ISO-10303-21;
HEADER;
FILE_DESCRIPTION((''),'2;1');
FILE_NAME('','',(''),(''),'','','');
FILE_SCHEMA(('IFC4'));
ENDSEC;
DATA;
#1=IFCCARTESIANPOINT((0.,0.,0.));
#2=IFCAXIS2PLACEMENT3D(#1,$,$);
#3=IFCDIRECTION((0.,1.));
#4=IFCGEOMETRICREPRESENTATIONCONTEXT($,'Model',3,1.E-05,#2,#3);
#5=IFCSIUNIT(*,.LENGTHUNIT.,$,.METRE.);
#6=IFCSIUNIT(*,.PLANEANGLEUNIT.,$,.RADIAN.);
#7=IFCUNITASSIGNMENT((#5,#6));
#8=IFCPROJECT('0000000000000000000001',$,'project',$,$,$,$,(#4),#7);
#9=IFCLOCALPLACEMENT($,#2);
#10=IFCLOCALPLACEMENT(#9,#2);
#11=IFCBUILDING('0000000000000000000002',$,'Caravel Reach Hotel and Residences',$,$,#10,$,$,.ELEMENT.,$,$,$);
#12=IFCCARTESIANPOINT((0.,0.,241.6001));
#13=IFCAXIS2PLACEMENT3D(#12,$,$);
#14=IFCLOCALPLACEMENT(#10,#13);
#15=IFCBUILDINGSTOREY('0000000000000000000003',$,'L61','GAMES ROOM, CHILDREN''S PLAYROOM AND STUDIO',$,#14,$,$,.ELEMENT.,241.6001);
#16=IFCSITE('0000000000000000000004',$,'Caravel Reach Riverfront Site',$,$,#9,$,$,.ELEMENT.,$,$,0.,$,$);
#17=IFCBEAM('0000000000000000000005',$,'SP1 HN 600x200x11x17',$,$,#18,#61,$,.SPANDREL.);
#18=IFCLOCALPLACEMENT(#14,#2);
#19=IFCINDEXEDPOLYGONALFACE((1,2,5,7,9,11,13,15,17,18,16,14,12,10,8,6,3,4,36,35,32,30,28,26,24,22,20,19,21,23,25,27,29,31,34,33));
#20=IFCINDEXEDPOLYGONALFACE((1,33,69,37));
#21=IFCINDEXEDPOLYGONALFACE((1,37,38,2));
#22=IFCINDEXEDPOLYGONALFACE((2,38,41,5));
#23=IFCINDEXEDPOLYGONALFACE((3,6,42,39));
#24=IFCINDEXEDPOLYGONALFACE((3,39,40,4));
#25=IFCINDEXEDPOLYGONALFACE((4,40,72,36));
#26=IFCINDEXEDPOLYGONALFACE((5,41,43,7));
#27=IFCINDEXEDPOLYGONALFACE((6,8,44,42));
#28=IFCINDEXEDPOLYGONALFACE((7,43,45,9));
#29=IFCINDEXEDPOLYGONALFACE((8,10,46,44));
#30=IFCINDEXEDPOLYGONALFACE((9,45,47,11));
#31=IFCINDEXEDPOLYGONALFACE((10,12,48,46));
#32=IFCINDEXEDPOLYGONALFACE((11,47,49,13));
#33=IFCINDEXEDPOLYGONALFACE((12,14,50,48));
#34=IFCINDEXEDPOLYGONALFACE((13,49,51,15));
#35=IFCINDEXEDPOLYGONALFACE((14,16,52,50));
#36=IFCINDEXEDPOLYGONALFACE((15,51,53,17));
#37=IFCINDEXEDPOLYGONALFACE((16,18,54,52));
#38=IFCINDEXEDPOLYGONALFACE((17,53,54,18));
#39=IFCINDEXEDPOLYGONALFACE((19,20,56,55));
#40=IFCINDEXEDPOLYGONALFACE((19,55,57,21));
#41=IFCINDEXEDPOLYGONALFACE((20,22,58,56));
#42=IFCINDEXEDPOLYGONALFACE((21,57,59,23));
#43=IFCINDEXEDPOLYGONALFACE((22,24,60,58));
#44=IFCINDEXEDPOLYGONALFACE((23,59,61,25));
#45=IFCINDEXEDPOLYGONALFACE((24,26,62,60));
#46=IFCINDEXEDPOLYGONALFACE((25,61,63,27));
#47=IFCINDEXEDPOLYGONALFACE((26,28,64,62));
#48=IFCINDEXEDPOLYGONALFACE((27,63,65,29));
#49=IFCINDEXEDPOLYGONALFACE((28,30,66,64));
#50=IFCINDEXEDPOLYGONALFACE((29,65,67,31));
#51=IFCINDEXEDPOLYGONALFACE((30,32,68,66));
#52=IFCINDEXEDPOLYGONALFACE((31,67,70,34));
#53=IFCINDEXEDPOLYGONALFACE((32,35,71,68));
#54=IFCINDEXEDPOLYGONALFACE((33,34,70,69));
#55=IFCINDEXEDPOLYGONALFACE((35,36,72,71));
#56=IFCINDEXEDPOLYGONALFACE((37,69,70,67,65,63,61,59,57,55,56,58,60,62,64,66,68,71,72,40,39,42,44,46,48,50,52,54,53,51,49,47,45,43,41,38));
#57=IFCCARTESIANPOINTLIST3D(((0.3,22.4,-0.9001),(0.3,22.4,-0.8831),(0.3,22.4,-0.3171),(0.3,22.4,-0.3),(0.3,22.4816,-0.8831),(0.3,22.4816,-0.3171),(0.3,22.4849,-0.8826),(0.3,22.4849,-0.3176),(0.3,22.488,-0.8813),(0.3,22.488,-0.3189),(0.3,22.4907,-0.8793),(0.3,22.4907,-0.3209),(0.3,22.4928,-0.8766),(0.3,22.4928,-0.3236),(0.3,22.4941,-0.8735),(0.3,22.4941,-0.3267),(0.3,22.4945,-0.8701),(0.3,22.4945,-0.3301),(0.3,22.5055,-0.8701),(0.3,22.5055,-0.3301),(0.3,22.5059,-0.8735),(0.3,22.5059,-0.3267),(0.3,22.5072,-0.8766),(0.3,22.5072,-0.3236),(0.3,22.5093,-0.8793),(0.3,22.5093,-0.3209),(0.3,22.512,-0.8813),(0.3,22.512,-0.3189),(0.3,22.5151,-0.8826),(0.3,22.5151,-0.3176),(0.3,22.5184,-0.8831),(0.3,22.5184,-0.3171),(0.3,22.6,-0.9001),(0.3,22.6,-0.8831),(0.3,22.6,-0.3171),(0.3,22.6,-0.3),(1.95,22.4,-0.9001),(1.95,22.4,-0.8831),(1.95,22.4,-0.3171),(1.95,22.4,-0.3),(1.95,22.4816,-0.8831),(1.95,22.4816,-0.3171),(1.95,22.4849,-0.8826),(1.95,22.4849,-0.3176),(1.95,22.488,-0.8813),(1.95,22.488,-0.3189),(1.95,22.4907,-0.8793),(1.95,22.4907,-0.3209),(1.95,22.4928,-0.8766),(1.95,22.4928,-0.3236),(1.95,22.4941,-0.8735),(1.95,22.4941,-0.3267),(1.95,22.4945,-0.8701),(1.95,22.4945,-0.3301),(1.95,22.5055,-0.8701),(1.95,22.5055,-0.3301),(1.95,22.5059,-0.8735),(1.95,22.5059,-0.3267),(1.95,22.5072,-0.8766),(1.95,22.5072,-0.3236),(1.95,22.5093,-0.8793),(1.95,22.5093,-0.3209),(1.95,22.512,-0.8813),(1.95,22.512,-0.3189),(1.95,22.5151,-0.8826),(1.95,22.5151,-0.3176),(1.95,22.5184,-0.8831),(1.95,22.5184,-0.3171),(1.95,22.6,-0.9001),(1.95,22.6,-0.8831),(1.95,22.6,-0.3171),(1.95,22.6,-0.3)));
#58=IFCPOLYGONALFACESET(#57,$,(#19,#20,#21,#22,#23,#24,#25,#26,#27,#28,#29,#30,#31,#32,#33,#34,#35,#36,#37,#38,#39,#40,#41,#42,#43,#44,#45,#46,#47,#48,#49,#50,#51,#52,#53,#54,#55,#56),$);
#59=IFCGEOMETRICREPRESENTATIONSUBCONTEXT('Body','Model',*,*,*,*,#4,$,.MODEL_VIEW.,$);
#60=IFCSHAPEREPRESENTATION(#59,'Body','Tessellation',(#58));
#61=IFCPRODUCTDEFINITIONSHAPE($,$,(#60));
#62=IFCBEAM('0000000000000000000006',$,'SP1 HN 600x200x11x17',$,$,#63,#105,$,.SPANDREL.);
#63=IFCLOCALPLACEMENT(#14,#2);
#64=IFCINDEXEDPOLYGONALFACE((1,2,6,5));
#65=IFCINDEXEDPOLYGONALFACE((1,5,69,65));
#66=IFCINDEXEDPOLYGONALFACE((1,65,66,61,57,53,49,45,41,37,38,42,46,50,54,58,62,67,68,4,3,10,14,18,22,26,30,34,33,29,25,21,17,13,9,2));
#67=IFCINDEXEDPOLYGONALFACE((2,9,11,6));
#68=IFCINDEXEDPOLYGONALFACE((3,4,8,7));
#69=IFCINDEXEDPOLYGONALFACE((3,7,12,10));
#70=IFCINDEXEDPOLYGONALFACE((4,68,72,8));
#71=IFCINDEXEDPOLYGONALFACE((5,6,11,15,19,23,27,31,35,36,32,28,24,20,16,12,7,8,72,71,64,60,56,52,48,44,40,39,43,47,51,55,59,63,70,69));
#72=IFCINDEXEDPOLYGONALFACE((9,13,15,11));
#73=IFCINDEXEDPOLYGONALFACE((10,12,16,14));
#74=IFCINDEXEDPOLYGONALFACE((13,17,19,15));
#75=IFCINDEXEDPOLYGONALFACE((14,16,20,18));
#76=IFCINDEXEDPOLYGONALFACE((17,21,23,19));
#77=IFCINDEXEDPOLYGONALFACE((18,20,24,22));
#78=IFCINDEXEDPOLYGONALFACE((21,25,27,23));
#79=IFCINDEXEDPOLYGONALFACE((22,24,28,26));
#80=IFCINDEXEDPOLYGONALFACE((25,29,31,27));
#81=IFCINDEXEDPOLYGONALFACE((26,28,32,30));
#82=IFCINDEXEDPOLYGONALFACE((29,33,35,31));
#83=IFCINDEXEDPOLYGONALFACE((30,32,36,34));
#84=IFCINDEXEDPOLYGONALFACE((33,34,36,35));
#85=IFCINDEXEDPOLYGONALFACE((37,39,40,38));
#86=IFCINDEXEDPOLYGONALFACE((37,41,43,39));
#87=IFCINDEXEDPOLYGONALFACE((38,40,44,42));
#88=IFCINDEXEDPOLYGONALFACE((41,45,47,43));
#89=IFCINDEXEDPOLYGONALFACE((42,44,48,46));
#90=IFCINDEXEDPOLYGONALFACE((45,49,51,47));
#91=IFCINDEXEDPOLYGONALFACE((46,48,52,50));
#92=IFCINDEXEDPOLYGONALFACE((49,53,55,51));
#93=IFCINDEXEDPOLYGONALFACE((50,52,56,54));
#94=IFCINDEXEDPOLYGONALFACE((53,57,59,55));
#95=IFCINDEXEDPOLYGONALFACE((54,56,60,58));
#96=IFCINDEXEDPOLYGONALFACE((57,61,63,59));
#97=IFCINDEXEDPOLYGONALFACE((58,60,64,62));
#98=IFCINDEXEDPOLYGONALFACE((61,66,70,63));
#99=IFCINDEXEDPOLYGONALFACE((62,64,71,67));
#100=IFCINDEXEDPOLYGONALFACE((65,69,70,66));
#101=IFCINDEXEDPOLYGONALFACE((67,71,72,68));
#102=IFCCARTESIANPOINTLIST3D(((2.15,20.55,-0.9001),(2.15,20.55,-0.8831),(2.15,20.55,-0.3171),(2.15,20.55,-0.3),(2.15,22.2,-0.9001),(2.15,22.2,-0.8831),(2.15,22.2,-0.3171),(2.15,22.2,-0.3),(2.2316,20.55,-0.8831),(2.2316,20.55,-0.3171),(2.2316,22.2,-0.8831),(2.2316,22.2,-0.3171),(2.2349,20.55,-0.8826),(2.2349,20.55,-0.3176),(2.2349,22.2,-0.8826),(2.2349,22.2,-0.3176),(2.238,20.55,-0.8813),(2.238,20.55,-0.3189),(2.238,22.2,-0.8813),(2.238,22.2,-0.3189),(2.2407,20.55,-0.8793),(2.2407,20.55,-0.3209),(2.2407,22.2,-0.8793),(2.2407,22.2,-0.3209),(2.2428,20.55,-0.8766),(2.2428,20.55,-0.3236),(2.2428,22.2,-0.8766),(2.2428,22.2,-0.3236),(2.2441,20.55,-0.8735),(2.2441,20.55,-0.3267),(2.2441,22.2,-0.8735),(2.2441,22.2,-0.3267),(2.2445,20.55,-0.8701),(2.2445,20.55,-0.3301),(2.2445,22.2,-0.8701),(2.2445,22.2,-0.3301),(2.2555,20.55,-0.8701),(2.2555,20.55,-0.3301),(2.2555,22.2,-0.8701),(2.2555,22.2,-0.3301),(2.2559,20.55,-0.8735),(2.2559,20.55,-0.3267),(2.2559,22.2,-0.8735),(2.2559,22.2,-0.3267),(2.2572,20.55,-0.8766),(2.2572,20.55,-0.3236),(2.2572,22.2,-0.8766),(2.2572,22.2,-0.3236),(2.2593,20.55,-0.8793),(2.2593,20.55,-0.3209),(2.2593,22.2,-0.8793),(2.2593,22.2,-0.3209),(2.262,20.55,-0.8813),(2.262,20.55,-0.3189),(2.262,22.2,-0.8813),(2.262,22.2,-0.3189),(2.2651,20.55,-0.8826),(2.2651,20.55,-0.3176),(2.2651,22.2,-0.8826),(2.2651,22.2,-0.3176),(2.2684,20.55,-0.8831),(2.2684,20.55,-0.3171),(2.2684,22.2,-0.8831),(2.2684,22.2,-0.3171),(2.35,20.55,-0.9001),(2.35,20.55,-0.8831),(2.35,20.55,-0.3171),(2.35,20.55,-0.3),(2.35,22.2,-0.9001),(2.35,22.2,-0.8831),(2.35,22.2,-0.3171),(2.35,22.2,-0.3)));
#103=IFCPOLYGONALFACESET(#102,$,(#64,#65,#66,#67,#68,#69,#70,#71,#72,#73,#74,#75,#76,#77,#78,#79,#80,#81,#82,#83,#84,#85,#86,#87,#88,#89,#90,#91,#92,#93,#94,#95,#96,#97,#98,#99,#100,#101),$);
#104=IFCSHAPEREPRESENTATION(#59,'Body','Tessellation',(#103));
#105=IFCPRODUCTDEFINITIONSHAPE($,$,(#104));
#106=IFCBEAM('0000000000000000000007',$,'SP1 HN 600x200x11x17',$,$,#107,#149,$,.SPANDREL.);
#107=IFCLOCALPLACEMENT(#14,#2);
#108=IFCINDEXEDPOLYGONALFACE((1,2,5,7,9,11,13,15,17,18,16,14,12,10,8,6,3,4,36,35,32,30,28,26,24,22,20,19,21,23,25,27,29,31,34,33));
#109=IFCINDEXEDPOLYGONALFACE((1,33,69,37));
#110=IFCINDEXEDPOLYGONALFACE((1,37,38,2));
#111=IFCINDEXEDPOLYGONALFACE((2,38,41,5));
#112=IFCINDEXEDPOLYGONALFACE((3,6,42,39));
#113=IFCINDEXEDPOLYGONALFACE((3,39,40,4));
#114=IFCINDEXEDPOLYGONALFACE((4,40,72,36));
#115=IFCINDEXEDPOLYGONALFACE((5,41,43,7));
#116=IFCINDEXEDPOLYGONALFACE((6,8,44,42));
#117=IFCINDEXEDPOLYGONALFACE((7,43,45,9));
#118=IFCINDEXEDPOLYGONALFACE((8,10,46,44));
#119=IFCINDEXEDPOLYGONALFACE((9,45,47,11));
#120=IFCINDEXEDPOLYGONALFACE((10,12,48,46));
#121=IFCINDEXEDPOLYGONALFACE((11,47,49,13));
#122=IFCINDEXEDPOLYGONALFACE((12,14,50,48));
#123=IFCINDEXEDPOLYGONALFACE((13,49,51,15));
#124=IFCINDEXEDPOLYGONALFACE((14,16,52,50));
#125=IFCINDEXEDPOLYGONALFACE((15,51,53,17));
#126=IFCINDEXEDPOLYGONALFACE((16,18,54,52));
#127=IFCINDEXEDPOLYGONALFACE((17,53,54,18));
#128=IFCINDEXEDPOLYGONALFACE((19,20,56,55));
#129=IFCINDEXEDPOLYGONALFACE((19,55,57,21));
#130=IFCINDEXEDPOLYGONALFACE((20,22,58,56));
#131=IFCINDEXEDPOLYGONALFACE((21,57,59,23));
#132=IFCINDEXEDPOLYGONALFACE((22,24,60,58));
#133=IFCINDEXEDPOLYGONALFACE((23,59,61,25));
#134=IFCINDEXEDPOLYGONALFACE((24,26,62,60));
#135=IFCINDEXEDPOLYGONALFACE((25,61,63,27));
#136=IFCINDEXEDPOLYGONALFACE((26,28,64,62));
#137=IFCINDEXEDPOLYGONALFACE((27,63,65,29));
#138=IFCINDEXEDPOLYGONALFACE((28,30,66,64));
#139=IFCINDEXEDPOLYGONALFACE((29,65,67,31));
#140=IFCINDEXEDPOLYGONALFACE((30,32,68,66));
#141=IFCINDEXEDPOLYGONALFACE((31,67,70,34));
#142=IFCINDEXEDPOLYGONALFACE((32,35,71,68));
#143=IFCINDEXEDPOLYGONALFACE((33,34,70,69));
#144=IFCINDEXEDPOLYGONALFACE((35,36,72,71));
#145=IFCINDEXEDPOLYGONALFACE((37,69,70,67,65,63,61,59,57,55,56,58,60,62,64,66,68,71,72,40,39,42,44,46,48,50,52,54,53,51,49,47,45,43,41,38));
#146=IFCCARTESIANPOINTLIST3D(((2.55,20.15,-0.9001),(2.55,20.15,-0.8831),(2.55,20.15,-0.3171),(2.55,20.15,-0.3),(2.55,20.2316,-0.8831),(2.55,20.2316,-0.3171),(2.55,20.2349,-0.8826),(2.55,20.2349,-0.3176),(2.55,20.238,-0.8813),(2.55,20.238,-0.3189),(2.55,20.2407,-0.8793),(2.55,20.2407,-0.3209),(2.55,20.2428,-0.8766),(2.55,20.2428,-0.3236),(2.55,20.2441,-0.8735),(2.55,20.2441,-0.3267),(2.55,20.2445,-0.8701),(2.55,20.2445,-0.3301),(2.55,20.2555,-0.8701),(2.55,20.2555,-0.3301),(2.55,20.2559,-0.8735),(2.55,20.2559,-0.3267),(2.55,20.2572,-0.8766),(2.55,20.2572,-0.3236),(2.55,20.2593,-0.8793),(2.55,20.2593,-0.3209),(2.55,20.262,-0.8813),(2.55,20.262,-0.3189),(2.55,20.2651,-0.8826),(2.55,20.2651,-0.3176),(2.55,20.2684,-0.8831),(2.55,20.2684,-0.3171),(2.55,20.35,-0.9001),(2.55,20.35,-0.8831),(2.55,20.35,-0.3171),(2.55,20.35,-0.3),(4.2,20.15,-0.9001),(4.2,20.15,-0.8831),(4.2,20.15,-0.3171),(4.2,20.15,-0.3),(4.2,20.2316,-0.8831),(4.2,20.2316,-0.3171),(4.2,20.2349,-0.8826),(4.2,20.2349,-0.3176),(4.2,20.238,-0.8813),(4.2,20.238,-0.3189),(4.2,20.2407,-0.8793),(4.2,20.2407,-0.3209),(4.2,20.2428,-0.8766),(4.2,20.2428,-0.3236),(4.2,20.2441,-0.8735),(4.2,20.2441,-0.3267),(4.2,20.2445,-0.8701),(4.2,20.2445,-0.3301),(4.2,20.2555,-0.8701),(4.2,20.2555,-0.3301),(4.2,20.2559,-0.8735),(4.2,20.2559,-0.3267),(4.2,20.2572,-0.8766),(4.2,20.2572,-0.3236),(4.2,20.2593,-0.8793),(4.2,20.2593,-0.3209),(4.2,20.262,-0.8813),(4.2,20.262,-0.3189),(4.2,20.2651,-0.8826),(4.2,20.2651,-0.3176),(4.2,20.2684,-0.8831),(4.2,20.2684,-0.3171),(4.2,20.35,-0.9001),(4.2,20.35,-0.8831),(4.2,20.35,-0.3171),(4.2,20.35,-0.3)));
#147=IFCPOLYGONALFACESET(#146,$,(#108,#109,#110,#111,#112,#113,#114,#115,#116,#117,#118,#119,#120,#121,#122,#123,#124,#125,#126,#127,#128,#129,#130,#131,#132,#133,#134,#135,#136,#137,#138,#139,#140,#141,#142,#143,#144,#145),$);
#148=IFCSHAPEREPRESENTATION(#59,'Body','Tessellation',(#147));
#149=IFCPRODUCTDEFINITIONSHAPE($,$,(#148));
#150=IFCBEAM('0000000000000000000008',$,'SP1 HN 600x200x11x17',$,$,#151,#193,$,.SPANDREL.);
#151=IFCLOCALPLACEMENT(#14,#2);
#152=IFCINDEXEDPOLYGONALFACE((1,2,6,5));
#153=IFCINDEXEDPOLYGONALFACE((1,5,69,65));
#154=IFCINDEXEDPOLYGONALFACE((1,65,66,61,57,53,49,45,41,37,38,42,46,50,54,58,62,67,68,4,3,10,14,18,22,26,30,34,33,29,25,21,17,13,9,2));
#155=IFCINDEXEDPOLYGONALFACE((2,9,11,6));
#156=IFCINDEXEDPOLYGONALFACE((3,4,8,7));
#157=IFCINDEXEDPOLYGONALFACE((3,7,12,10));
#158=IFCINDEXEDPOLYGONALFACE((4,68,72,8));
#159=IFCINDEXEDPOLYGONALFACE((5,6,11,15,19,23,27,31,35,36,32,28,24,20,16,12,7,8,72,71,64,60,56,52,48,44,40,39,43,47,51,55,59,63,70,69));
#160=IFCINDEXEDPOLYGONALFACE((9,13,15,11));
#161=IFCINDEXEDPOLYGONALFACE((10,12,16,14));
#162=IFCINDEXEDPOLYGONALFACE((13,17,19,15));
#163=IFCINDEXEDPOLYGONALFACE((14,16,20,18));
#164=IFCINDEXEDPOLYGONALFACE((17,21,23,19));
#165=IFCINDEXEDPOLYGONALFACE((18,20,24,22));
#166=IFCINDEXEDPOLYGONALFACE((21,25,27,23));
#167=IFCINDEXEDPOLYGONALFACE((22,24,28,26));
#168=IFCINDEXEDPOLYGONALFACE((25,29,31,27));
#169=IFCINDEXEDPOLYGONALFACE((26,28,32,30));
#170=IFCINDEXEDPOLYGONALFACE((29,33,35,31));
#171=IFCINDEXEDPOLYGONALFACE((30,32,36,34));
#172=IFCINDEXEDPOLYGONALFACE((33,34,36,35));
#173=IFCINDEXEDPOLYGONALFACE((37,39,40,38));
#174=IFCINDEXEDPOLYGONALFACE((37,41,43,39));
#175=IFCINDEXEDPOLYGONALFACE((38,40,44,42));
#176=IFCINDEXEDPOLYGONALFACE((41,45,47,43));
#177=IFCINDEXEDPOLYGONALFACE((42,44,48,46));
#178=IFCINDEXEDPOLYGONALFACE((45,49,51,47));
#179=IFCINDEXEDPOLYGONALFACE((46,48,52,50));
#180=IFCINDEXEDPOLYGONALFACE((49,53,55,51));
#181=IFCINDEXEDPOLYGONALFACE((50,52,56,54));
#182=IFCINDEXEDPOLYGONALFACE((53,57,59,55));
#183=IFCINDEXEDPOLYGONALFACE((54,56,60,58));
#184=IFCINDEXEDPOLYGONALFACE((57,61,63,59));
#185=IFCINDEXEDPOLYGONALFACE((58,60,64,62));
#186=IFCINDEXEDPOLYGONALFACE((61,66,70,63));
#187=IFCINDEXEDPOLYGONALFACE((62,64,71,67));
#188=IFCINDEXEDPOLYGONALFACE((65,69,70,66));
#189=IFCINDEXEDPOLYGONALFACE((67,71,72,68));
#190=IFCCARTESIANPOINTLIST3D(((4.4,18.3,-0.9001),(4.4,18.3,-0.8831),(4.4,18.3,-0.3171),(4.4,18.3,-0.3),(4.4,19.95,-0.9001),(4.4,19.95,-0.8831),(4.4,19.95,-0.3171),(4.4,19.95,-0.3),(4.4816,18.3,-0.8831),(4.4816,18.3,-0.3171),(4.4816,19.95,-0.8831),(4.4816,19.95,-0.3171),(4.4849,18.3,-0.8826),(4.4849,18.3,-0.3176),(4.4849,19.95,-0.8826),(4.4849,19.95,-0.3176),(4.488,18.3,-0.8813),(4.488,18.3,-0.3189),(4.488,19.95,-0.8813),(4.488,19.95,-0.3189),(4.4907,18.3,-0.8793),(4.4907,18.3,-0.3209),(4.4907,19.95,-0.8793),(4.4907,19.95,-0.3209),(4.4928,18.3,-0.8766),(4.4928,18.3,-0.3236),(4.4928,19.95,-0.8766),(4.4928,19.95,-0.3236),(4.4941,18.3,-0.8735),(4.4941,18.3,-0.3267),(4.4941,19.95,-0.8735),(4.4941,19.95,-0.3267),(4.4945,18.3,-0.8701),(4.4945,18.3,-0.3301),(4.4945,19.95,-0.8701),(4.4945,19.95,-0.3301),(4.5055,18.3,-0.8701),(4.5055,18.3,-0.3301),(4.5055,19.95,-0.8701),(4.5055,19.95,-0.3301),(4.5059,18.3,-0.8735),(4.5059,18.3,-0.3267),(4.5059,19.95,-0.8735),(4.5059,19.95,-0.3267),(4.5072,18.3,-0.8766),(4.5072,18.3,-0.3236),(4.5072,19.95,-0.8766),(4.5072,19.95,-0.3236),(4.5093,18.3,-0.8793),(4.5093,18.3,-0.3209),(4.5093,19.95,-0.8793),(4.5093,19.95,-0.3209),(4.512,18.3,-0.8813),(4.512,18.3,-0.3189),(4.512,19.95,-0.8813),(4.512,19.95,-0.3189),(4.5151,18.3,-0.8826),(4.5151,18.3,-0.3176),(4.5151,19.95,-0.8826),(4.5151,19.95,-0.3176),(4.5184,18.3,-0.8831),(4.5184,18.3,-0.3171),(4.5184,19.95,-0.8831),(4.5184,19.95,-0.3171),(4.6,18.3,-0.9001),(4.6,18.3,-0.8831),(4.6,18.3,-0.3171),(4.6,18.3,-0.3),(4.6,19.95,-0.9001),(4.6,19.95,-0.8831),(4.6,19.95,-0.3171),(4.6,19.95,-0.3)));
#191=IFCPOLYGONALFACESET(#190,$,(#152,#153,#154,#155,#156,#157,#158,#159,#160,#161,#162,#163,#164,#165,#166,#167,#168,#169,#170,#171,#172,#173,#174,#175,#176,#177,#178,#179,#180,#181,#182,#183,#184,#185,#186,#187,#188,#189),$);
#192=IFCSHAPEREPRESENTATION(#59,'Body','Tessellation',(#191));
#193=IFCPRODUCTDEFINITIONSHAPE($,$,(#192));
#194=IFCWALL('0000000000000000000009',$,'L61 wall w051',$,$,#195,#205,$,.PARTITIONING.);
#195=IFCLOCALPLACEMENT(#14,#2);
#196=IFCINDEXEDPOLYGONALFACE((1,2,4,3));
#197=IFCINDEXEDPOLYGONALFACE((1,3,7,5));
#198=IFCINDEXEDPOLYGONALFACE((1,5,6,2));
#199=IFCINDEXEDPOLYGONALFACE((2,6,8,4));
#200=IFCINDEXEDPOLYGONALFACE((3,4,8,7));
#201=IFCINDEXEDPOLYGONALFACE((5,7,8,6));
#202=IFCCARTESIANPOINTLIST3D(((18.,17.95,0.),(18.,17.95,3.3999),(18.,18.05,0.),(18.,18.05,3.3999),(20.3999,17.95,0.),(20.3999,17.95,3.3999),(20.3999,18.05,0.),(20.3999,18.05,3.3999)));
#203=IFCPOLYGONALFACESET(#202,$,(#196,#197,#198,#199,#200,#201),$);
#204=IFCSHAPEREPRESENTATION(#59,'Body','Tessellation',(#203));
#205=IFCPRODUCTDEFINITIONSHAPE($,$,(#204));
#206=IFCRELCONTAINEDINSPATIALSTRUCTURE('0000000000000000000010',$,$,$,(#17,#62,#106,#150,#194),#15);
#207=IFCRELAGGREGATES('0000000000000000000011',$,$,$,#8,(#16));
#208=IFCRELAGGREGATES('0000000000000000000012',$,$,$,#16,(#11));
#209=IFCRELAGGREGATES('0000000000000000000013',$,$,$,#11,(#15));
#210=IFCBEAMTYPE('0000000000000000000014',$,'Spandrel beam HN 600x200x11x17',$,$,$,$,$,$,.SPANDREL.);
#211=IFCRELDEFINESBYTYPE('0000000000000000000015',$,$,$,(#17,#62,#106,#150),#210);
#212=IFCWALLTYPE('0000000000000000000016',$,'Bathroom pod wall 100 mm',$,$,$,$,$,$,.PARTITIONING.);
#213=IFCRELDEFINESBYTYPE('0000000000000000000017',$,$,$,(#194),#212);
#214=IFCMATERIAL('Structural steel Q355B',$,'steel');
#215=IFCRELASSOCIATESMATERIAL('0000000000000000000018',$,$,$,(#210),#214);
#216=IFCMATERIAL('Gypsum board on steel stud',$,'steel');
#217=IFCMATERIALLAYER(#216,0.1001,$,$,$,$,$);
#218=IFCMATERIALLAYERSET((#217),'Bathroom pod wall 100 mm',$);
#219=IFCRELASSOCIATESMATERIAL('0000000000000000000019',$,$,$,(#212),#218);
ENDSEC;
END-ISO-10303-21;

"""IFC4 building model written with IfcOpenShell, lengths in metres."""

from ifc_helpers import new_model, si_unit, direction, frame, frame_2d, origin, origin_2d, place, context, subcontext, project, spatial, rectangle, i_section, extrude, material, layer, layer_set, material_profile, profile_set, type_object, element, save


model = new_model("IFC4")

# Units and contexts
model_context = context("Model", 3, precision=1e-05, world=origin(), true_north=direction((0.0, 1.0)))
body_context = subcontext(model_context, "Body", "Model", "MODEL_VIEW")
ifc_project = project(units=[si_unit("LENGTHUNIT", "METRE"), si_unit("PLANEANGLEUNIT", "RADIAN")], contexts=[model_context])

# Site, building, storey
site_placement = place(None, origin())
site = spatial("IfcSite", under=ifc_project, at=site_placement, Name="Caravel Reach Riverfront Site", CompositionType="ELEMENT", RefElevation=0.0)
building_placement = place(site_placement, origin())
building = spatial("IfcBuilding", under=site, at=building_placement, Name="Caravel Reach Hotel and Residences", CompositionType="ELEMENT")
storey_placement = place(building_placement, frame((0.0, 0.0, 241.6001)))
storey = spatial("IfcBuildingStorey", under=building, at=storey_placement, Name="L61", Description="GAMES ROOM, CHILDREN'S PLAYROOM AND STUDIO", CompositionType="ELEMENT", Elevation=241.6001)

# Beams
ifc_material_1 = material(Name="Structural steel Q355B", Category="steel")
ifc_material_profile_1 = material_profile(ifc_material_1, i_section(OverallWidth=0.2, OverallDepth=0.6001, WebThickness=0.011, FlangeThickness=0.0171, FilletRadius=0.0129, at=origin_2d()), Name="HN 600x200x11x17")
ifc_profile_set_1 = profile_set([ifc_material_profile_1], Name="Structural steel Q355B")
beam_type_1 = type_object("IfcBeamType", Name="Spandrel beam HN 600x200x11x17", PredefinedType="SPANDREL", material=ifc_profile_set_1)
for number, where, z_axis, x_axis, name in (
    (1, (0.3, 22.5, -0.6001), (1.0, 0.0, 0.0), (0.0, 1.0, 0.0), "SP1 HN 600x200x11x17"),
    (2, (2.25, 22.2, -0.6001), (0.0, -1.0, 0.0), (1.0, 0.0, 0.0), "SP1 HN 600x200x11x17"),
    (3, (2.55, 20.25, -0.6001), (1.0, 0.0, 0.0), (0.0, 1.0, 0.0), "SP1 HN 600x200x11x17"),
    (4, (4.5, 19.95, -0.6001), (0.0, -1.0, 0.0), (1.0, 0.0, 0.0), "SP1 HN 600x200x11x17"),
):
    element("IfcBeam", number, at=place(storey_placement, frame(where, z_axis=z_axis, x_axis=x_axis)), inside=storey, type_object=beam_type_1, Name=name, PredefinedType="SPANDREL", context=body_context, shape_type="SweptSolid", body=[
        extrude(i_section(OverallWidth=0.2, OverallDepth=0.6001, WebThickness=0.011, FlangeThickness=0.0171, FilletRadius=0.0129, at=origin_2d()), origin(), (0.0, 0.0, 1.0), 1.6499),
    ])

# Wall
ifc_material_2 = material(Name="Gypsum board on steel stud", Category="steel")
ifc_layer_1 = layer(ifc_material_2, 0.1001)
ifc_layer_set_1 = layer_set([ifc_layer_1], Name="Bathroom pod wall 100 mm")
wall_type_1 = type_object("IfcWallType", Name="Bathroom pod wall 100 mm", PredefinedType="PARTITIONING", material=ifc_layer_set_1)
for number, where, z_axis, x_axis, name in (
    (5, (18.0, 18.0, 0.0), (0.0, 0.0, 1.0), (1.0, 0.0, 0.0), "L61 wall w051"),
):
    element("IfcWall", number, at=place(storey_placement, frame(where, z_axis=z_axis, x_axis=x_axis)), inside=storey, type_object=wall_type_1, Name=name, PredefinedType="PARTITIONING", context=body_context, shape_type="SweptSolid", body=[
        extrude(rectangle(XDim=2.3999, YDim=0.1001, at=frame_2d((1.2, 0.0))), origin(), (0.0, 0.0, 1.0), 3.3999),
    ])

save(model, "model.ifc")
